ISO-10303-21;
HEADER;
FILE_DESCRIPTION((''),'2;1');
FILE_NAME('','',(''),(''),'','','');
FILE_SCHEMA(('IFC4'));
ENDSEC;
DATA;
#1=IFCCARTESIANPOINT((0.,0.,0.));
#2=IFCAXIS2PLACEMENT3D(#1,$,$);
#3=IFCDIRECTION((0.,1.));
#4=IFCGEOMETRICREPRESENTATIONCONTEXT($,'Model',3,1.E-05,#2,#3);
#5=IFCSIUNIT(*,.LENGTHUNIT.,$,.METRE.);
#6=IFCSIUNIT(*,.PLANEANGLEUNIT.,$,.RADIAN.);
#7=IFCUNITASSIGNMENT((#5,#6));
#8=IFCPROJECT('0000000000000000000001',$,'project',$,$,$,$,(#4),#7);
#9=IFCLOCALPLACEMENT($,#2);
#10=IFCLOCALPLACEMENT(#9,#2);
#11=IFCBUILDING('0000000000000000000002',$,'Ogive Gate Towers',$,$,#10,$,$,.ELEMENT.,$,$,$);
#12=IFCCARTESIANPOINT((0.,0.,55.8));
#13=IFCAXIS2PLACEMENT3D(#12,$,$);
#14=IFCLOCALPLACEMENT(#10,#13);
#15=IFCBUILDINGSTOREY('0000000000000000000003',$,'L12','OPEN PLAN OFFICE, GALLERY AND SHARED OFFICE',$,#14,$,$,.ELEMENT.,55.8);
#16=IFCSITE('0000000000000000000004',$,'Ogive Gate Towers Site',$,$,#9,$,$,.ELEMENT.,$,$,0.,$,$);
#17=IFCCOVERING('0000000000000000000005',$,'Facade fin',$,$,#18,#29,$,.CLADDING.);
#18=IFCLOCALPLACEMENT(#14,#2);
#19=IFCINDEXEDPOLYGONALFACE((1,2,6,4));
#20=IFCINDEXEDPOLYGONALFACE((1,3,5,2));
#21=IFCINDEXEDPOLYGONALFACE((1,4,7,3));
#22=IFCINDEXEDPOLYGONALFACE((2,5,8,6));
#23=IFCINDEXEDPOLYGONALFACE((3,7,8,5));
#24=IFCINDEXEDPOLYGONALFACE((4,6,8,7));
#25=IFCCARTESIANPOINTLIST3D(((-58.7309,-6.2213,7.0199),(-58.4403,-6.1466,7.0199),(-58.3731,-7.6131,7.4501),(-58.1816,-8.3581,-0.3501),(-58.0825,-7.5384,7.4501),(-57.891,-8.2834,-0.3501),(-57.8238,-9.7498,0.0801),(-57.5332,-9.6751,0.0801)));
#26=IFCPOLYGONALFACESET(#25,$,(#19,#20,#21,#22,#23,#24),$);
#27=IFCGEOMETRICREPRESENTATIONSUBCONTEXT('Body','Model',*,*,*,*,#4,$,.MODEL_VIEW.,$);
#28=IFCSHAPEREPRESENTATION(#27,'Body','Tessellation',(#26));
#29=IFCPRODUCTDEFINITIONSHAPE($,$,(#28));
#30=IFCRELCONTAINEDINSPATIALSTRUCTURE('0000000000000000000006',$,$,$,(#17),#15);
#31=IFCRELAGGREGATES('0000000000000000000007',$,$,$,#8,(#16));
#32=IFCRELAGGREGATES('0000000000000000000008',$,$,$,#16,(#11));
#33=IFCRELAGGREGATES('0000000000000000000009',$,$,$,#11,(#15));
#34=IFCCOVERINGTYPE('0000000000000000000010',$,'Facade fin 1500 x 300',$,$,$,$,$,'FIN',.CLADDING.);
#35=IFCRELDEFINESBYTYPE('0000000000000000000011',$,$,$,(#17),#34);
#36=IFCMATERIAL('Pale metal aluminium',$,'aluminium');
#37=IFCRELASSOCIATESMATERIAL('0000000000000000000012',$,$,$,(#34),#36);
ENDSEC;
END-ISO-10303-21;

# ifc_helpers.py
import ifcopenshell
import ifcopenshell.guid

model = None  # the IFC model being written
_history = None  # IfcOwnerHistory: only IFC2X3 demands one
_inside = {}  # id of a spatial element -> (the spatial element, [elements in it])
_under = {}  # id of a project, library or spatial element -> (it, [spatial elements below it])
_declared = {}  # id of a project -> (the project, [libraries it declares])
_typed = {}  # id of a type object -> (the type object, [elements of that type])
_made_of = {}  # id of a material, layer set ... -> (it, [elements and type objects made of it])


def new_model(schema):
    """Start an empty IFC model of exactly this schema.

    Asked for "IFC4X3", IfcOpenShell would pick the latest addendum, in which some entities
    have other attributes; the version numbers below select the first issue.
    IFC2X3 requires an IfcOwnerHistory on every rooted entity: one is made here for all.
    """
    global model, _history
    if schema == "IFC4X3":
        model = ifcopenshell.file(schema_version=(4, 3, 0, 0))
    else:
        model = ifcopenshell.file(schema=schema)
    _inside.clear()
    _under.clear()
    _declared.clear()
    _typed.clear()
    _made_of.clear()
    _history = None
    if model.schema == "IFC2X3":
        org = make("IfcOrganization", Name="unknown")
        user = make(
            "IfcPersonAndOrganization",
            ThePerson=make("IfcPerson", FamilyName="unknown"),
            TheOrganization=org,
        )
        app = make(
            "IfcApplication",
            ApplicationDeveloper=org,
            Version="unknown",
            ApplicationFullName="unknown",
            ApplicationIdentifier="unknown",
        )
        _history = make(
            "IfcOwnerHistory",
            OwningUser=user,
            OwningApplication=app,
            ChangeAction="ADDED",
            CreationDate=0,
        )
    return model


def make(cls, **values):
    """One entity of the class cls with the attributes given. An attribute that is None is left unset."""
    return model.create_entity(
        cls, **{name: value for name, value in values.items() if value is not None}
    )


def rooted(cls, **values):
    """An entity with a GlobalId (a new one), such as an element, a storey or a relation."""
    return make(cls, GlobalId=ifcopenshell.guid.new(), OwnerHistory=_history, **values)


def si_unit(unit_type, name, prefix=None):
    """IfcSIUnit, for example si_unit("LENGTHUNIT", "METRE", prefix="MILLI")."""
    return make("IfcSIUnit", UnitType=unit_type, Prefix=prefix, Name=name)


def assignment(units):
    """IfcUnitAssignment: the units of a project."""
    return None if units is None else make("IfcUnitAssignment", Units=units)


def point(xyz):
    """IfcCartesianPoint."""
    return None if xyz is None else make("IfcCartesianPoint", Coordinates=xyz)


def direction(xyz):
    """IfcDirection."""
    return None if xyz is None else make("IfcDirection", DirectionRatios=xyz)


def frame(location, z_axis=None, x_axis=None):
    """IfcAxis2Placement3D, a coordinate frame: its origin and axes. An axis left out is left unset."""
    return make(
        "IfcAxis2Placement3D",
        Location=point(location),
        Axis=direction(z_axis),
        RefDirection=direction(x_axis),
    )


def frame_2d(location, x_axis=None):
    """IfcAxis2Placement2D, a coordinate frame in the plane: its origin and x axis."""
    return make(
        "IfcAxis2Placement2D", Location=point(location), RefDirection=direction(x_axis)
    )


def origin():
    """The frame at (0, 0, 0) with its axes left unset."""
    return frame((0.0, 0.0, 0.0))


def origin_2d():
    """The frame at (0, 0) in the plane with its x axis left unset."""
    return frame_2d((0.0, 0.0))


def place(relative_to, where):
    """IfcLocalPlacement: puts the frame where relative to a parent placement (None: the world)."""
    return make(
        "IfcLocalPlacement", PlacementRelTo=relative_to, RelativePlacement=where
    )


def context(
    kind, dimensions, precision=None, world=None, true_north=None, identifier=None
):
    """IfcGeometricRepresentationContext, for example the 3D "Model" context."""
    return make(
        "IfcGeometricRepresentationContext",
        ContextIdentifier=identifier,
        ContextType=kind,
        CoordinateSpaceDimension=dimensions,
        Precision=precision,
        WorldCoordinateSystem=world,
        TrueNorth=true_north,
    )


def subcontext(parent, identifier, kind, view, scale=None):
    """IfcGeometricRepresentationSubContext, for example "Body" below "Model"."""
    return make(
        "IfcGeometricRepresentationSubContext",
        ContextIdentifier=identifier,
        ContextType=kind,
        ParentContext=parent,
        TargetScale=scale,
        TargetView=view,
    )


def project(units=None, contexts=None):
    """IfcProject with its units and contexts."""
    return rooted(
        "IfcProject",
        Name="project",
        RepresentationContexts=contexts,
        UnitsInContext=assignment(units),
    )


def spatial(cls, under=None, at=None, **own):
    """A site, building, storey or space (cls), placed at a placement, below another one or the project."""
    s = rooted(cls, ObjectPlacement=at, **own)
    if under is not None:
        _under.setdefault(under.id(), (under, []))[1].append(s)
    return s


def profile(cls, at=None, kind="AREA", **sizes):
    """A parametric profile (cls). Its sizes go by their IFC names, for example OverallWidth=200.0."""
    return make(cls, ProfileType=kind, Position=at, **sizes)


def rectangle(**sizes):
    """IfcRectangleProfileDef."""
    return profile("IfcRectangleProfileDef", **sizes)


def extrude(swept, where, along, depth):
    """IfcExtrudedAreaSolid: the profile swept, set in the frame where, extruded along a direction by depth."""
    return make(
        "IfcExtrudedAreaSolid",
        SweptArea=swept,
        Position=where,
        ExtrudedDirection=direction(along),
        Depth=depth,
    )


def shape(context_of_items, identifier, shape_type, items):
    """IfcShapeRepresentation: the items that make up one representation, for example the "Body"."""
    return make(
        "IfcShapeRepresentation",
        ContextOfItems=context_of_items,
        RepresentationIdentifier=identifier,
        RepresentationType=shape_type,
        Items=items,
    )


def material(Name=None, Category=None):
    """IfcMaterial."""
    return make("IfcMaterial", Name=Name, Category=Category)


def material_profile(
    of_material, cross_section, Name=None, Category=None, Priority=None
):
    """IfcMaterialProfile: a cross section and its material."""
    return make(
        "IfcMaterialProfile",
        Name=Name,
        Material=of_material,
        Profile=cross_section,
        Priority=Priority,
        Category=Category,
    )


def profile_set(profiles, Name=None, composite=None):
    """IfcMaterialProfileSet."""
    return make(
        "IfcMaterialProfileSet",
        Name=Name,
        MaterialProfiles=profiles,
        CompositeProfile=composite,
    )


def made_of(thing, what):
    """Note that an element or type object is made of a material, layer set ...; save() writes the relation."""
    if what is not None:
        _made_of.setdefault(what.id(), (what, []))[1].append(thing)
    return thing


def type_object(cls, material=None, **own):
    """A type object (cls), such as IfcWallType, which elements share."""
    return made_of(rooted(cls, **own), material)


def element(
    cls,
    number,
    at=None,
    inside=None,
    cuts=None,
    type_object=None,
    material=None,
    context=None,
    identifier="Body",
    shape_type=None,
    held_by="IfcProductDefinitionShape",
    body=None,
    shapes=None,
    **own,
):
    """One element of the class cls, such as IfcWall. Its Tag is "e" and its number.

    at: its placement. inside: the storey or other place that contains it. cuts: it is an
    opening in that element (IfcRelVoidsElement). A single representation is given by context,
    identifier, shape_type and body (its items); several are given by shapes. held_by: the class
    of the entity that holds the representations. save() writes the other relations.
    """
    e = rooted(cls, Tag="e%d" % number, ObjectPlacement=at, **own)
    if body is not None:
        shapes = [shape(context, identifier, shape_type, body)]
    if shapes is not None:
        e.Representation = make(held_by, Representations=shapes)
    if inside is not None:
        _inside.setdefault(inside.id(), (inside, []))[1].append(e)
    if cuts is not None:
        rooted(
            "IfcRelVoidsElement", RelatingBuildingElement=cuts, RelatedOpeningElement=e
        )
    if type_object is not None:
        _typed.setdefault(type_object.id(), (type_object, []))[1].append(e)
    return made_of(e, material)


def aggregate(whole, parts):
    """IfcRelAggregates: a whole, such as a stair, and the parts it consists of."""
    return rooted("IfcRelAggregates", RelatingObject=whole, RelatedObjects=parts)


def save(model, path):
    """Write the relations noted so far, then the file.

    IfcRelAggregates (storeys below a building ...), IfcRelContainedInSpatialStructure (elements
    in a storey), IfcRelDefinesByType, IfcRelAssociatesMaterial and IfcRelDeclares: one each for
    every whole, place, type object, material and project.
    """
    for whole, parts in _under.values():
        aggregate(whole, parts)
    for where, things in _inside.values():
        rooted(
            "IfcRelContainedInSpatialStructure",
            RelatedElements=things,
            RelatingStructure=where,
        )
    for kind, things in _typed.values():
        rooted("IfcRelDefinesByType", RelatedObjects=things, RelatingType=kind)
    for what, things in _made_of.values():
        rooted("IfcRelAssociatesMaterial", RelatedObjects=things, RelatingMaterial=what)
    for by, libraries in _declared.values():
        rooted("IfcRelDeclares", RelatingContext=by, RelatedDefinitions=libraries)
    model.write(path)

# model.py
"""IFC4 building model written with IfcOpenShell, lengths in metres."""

from ifc_helpers import new_model, si_unit, direction, frame, origin, origin_2d, place, context, subcontext, project, spatial, rectangle, extrude, material, material_profile, profile_set, type_object, element, save


model = new_model("IFC4")

# Units and contexts
model_context = context("Model", 3, precision=1e-05, world=origin(), true_north=direction((0.0, 1.0)))
body_context = subcontext(model_context, "Body", "Model", "MODEL_VIEW")
ifc_project = project(units=[si_unit("LENGTHUNIT", "METRE"), si_unit("PLANEANGLEUNIT", "RADIAN")], contexts=[model_context])

# Site, building, storey
site_placement = place(None, origin())
site = spatial("IfcSite", under=ifc_project, at=site_placement, Name="Ogive Gate Towers Site", CompositionType="ELEMENT", RefElevation=0.0)
building_placement = place(site_placement, origin())
building = spatial("IfcBuilding", under=site, at=building_placement, Name="Ogive Gate Towers", CompositionType="ELEMENT")
storey_placement = place(building_placement, frame((0.0, 0.0, 55.8)))
storey = spatial("IfcBuildingStorey", under=building, at=storey_placement, Name="L12", Description="OPEN PLAN OFFICE, GALLERY AND SHARED OFFICE", CompositionType="ELEMENT", Elevation=55.8)

# Shared definitions
ifc_material_1 = material(Name="Pale metal aluminium", Category="aluminium")

# Covering
ifc_material_profile_1 = material_profile(ifc_material_1, rectangle(XDim=0.3, YDim=1.5, at=origin_2d()), Name="1500 x 300 pale metal aluminium")
ifc_profile_set_1 = profile_set([ifc_material_profile_1], Name="Pale metal aluminium")
covering_type = type_object("IfcCoveringType", Name="Facade fin 1500 x 300", ElementType="FIN", PredefinedType="CLADDING", material=ifc_profile_set_1)
covering_1_placement = place(storey_placement, frame((-57.8574, -9.0166, -0.135), z_axis=(-0.071405, 0.277748, 0.957997), x_axis=(-0.968507, -0.248988, 0.0)))
element("IfcCovering", 1, at=covering_1_placement, inside=storey, type_object=covering_type, Name="Facade fin", PredefinedType="CLADDING", context=body_context, shape_type="SweptSolid", body=[
    extrude(rectangle(XDim=0.3, YDim=1.5, at=origin_2d()), origin(), (0.0, 0.0, 1.0), 7.6931),
])

save(model, "model.ifc")
